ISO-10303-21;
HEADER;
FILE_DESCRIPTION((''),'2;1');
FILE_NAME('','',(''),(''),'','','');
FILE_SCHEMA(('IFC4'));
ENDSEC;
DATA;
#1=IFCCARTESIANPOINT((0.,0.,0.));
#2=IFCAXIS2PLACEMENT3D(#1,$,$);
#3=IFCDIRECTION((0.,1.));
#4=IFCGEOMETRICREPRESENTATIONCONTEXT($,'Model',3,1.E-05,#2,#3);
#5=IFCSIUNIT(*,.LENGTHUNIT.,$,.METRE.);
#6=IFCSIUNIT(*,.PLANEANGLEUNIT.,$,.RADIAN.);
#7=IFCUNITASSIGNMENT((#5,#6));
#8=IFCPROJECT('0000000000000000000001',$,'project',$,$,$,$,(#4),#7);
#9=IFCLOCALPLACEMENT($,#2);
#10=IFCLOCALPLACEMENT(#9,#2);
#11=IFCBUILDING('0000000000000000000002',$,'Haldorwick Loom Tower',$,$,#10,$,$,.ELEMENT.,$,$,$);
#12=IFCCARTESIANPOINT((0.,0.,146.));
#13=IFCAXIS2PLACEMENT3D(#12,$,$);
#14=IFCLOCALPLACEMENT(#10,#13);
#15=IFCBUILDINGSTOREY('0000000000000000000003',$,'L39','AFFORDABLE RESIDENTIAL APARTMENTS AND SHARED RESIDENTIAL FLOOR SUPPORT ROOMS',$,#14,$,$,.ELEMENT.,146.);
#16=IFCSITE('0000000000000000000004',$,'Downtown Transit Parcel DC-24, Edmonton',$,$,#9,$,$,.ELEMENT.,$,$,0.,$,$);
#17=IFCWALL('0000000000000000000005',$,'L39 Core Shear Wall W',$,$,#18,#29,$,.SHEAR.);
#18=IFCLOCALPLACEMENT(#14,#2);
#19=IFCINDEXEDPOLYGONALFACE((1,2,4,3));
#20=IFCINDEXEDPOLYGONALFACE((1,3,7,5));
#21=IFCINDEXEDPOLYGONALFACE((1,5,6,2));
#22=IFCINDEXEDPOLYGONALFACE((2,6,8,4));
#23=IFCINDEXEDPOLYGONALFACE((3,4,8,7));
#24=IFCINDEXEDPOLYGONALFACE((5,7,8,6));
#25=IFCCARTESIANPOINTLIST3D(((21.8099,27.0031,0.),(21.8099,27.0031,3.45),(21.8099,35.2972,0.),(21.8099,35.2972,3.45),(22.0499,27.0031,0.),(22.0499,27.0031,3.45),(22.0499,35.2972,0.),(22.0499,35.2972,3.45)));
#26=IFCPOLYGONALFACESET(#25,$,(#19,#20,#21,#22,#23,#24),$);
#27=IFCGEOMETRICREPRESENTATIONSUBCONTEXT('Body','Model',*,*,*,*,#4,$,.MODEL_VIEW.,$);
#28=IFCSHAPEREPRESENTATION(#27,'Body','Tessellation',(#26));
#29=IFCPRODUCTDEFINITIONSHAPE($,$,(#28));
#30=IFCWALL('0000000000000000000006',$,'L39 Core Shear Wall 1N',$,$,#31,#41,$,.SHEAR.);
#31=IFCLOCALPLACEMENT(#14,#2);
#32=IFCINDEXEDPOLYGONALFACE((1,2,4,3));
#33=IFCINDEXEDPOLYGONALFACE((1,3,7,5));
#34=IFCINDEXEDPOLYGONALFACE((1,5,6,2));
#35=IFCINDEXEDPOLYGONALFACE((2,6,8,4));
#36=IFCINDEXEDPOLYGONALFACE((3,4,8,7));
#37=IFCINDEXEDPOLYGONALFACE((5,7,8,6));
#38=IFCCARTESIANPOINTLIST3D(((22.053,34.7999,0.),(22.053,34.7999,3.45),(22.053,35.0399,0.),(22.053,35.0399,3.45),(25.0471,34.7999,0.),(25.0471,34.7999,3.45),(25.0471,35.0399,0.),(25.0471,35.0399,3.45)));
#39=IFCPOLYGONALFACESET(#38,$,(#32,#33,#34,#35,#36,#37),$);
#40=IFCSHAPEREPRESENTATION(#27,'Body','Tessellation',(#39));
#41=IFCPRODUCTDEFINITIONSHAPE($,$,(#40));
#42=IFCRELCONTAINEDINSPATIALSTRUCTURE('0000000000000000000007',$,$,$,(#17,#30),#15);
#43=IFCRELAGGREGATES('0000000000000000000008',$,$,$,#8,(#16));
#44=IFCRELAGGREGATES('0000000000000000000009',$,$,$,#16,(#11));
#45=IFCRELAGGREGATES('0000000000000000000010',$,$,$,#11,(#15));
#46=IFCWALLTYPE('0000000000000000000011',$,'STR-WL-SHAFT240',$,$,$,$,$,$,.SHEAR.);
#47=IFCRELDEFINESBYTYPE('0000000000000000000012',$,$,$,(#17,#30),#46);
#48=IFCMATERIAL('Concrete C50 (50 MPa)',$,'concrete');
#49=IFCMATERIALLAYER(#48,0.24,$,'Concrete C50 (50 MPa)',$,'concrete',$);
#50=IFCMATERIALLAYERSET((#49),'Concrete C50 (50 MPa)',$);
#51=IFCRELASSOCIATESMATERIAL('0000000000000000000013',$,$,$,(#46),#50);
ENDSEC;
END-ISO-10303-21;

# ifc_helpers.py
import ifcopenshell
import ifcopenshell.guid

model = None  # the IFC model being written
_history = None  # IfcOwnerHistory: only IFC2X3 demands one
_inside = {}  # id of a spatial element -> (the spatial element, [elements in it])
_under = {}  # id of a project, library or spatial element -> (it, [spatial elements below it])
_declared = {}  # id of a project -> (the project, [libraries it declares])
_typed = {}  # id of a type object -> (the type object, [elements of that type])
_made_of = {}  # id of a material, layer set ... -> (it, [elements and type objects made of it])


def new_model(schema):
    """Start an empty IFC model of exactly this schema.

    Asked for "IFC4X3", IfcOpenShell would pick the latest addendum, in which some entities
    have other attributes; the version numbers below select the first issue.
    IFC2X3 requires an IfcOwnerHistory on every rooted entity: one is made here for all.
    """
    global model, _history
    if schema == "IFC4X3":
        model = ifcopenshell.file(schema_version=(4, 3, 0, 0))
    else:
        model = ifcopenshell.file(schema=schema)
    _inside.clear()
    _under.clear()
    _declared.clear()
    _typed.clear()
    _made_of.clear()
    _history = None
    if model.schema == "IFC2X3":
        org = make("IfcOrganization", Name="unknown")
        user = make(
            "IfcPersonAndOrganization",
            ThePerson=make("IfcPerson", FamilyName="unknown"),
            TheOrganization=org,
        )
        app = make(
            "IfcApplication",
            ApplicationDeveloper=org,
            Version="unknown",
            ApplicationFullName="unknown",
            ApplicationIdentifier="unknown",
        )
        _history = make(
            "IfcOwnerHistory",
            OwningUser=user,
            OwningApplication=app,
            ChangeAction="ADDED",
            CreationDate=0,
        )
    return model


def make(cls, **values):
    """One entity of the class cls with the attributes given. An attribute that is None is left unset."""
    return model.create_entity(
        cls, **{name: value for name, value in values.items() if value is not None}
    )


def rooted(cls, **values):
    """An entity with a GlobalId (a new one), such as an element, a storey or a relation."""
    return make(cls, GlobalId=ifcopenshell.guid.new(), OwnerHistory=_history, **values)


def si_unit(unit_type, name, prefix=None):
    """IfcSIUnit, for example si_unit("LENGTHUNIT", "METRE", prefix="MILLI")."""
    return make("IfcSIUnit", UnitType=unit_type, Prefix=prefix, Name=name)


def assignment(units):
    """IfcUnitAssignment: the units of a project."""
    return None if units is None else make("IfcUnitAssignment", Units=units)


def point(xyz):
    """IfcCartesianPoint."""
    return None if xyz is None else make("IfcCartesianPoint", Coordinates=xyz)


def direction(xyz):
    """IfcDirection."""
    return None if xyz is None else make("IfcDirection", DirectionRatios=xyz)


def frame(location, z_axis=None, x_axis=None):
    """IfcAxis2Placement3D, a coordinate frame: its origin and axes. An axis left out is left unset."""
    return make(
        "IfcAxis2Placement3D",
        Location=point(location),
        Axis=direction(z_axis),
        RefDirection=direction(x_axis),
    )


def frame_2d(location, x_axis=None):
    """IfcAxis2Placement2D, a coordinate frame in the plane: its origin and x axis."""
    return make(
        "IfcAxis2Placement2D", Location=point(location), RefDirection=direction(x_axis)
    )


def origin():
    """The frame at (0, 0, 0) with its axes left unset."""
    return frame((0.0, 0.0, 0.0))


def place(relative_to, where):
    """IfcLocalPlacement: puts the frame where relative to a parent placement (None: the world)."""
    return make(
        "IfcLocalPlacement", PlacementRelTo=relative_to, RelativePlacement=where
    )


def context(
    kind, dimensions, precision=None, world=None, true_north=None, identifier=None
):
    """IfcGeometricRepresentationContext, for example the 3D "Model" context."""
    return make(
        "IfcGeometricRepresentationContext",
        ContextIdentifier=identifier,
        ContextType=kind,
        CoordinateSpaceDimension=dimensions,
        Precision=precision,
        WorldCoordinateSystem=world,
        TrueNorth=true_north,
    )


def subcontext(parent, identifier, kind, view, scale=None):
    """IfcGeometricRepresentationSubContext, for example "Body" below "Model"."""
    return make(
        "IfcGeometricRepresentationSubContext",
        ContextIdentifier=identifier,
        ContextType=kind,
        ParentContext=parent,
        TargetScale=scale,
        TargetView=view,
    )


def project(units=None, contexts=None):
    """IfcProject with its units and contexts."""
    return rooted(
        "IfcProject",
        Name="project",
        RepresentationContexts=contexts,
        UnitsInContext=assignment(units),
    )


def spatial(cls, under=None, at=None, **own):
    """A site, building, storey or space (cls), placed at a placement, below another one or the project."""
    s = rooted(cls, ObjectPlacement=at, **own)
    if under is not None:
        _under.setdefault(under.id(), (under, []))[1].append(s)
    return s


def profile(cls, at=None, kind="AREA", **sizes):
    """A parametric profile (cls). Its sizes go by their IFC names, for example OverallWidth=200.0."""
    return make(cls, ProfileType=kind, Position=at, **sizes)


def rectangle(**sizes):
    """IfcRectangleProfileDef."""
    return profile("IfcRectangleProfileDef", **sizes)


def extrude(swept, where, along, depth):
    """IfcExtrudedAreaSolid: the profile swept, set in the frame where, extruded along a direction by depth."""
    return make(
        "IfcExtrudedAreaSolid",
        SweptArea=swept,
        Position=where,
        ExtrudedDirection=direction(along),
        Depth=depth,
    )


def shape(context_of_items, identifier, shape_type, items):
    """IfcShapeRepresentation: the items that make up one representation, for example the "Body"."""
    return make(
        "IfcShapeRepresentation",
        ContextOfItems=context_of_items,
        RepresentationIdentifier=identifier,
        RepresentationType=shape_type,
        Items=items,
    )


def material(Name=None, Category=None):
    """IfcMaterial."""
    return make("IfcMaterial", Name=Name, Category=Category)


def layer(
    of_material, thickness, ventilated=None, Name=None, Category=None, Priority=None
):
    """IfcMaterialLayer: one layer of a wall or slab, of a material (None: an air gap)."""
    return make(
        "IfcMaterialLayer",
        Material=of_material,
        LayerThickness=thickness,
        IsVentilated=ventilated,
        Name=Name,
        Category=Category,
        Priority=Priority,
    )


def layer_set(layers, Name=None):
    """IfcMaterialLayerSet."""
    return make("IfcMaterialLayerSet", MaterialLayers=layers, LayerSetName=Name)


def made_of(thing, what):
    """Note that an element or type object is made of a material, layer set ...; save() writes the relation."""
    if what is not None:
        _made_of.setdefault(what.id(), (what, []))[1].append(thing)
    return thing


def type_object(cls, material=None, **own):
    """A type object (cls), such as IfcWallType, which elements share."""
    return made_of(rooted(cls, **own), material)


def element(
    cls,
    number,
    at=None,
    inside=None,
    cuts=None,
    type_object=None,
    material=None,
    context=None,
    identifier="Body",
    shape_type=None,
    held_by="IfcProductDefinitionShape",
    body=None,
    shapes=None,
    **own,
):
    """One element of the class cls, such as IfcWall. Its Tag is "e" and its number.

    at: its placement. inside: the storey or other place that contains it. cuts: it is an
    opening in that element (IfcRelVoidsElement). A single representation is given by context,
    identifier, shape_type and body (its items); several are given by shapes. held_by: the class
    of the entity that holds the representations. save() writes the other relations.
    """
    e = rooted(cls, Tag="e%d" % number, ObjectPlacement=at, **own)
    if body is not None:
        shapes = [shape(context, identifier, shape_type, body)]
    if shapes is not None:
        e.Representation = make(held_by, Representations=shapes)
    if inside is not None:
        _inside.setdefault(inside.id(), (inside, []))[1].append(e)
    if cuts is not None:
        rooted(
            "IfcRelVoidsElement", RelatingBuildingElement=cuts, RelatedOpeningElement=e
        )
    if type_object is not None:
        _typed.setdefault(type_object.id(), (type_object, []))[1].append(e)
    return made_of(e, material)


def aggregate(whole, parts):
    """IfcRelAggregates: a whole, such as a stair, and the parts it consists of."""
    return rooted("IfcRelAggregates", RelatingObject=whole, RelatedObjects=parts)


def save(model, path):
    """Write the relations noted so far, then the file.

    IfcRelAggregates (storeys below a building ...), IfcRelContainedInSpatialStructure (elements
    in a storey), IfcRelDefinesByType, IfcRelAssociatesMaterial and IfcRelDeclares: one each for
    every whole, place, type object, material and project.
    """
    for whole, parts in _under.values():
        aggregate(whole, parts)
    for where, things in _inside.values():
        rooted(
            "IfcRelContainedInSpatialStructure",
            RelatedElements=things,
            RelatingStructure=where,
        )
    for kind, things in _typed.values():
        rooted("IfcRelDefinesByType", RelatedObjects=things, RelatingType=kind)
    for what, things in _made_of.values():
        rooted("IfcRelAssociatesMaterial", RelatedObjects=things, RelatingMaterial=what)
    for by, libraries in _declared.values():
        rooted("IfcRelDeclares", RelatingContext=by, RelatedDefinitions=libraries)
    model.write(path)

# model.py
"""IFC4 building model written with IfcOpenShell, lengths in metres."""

from ifc_helpers import new_model, si_unit, direction, frame, frame_2d, origin, place, context, subcontext, project, spatial, rectangle, extrude, material, layer, layer_set, type_object, element, save


model = new_model("IFC4")

# Units and contexts
model_context = context("Model", 3, precision=1e-05, world=origin(), true_north=direction((0.0, 1.0)))
body_context = subcontext(model_context, "Body", "Model", "MODEL_VIEW")
ifc_project = project(units=[si_unit("LENGTHUNIT", "METRE"), si_unit("PLANEANGLEUNIT", "RADIAN")], contexts=[model_context])

# Site, building, storey
site_placement = place(None, origin())
site = spatial("IfcSite", under=ifc_project, at=site_placement, Name="Downtown Transit Parcel DC-24, Edmonton", CompositionType="ELEMENT", RefElevation=0.0)
building_placement = place(site_placement, origin())
building = spatial("IfcBuilding", under=site, at=building_placement, Name="Haldorwick Loom Tower", CompositionType="ELEMENT")
storey_placement = place(building_placement, frame((0.0, 0.0, 146.0)))
storey = spatial("IfcBuildingStorey", under=building, at=storey_placement, Name="L39", Description="AFFORDABLE RESIDENTIAL APARTMENTS AND SHARED RESIDENTIAL FLOOR SUPPORT ROOMS", CompositionType="ELEMENT", Elevation=146.0)

# Walls
ifc_material_1 = material(Name="Concrete C50 (50 MPa)", Category="concrete")
ifc_layer_1 = layer(ifc_material_1, 0.24, Name="Concrete C50 (50 MPa)", Category="concrete")
ifc_layer_set_1 = layer_set([ifc_layer_1], Name="Concrete C50 (50 MPa)")
wall_type_1 = type_object("IfcWallType", Name="STR-WL-SHAFT240", PredefinedType="SHEAR", material=ifc_layer_set_1)
wall_1_placement = place(storey_placement, frame((21.9299, 35.2971, 0.0), z_axis=(0.0, 0.0, 1.0), x_axis=(0.0, -1.0, 0.0)))
element("IfcWall", 1, at=wall_1_placement, inside=storey, type_object=wall_type_1, Name="L39 Core Shear Wall W", PredefinedType="SHEAR", context=body_context, shape_type="SweptSolid", body=[
    extrude(rectangle(XDim=8.2942, YDim=0.24, at=frame_2d((4.147, 0.0))), origin(), (0.0, 0.0, 1.0), 3.45),
])
wall_2_placement = place(storey_placement, frame((22.053, 34.9199, 0.0), z_axis=(0.0, 0.0, 1.0), x_axis=(1.0, 0.0, 0.0)))
element("IfcWall", 2, at=wall_2_placement, inside=storey, type_object=wall_type_1, Name="L39 Core Shear Wall 1N", PredefinedType="SHEAR", context=body_context, shape_type="SweptSolid", body=[
    extrude(rectangle(XDim=2.9941, YDim=0.24, at=frame_2d((1.4971, 0.0))), origin(), (0.0, 0.0, 1.0), 3.45),
])

save(model, "model.ifc")
